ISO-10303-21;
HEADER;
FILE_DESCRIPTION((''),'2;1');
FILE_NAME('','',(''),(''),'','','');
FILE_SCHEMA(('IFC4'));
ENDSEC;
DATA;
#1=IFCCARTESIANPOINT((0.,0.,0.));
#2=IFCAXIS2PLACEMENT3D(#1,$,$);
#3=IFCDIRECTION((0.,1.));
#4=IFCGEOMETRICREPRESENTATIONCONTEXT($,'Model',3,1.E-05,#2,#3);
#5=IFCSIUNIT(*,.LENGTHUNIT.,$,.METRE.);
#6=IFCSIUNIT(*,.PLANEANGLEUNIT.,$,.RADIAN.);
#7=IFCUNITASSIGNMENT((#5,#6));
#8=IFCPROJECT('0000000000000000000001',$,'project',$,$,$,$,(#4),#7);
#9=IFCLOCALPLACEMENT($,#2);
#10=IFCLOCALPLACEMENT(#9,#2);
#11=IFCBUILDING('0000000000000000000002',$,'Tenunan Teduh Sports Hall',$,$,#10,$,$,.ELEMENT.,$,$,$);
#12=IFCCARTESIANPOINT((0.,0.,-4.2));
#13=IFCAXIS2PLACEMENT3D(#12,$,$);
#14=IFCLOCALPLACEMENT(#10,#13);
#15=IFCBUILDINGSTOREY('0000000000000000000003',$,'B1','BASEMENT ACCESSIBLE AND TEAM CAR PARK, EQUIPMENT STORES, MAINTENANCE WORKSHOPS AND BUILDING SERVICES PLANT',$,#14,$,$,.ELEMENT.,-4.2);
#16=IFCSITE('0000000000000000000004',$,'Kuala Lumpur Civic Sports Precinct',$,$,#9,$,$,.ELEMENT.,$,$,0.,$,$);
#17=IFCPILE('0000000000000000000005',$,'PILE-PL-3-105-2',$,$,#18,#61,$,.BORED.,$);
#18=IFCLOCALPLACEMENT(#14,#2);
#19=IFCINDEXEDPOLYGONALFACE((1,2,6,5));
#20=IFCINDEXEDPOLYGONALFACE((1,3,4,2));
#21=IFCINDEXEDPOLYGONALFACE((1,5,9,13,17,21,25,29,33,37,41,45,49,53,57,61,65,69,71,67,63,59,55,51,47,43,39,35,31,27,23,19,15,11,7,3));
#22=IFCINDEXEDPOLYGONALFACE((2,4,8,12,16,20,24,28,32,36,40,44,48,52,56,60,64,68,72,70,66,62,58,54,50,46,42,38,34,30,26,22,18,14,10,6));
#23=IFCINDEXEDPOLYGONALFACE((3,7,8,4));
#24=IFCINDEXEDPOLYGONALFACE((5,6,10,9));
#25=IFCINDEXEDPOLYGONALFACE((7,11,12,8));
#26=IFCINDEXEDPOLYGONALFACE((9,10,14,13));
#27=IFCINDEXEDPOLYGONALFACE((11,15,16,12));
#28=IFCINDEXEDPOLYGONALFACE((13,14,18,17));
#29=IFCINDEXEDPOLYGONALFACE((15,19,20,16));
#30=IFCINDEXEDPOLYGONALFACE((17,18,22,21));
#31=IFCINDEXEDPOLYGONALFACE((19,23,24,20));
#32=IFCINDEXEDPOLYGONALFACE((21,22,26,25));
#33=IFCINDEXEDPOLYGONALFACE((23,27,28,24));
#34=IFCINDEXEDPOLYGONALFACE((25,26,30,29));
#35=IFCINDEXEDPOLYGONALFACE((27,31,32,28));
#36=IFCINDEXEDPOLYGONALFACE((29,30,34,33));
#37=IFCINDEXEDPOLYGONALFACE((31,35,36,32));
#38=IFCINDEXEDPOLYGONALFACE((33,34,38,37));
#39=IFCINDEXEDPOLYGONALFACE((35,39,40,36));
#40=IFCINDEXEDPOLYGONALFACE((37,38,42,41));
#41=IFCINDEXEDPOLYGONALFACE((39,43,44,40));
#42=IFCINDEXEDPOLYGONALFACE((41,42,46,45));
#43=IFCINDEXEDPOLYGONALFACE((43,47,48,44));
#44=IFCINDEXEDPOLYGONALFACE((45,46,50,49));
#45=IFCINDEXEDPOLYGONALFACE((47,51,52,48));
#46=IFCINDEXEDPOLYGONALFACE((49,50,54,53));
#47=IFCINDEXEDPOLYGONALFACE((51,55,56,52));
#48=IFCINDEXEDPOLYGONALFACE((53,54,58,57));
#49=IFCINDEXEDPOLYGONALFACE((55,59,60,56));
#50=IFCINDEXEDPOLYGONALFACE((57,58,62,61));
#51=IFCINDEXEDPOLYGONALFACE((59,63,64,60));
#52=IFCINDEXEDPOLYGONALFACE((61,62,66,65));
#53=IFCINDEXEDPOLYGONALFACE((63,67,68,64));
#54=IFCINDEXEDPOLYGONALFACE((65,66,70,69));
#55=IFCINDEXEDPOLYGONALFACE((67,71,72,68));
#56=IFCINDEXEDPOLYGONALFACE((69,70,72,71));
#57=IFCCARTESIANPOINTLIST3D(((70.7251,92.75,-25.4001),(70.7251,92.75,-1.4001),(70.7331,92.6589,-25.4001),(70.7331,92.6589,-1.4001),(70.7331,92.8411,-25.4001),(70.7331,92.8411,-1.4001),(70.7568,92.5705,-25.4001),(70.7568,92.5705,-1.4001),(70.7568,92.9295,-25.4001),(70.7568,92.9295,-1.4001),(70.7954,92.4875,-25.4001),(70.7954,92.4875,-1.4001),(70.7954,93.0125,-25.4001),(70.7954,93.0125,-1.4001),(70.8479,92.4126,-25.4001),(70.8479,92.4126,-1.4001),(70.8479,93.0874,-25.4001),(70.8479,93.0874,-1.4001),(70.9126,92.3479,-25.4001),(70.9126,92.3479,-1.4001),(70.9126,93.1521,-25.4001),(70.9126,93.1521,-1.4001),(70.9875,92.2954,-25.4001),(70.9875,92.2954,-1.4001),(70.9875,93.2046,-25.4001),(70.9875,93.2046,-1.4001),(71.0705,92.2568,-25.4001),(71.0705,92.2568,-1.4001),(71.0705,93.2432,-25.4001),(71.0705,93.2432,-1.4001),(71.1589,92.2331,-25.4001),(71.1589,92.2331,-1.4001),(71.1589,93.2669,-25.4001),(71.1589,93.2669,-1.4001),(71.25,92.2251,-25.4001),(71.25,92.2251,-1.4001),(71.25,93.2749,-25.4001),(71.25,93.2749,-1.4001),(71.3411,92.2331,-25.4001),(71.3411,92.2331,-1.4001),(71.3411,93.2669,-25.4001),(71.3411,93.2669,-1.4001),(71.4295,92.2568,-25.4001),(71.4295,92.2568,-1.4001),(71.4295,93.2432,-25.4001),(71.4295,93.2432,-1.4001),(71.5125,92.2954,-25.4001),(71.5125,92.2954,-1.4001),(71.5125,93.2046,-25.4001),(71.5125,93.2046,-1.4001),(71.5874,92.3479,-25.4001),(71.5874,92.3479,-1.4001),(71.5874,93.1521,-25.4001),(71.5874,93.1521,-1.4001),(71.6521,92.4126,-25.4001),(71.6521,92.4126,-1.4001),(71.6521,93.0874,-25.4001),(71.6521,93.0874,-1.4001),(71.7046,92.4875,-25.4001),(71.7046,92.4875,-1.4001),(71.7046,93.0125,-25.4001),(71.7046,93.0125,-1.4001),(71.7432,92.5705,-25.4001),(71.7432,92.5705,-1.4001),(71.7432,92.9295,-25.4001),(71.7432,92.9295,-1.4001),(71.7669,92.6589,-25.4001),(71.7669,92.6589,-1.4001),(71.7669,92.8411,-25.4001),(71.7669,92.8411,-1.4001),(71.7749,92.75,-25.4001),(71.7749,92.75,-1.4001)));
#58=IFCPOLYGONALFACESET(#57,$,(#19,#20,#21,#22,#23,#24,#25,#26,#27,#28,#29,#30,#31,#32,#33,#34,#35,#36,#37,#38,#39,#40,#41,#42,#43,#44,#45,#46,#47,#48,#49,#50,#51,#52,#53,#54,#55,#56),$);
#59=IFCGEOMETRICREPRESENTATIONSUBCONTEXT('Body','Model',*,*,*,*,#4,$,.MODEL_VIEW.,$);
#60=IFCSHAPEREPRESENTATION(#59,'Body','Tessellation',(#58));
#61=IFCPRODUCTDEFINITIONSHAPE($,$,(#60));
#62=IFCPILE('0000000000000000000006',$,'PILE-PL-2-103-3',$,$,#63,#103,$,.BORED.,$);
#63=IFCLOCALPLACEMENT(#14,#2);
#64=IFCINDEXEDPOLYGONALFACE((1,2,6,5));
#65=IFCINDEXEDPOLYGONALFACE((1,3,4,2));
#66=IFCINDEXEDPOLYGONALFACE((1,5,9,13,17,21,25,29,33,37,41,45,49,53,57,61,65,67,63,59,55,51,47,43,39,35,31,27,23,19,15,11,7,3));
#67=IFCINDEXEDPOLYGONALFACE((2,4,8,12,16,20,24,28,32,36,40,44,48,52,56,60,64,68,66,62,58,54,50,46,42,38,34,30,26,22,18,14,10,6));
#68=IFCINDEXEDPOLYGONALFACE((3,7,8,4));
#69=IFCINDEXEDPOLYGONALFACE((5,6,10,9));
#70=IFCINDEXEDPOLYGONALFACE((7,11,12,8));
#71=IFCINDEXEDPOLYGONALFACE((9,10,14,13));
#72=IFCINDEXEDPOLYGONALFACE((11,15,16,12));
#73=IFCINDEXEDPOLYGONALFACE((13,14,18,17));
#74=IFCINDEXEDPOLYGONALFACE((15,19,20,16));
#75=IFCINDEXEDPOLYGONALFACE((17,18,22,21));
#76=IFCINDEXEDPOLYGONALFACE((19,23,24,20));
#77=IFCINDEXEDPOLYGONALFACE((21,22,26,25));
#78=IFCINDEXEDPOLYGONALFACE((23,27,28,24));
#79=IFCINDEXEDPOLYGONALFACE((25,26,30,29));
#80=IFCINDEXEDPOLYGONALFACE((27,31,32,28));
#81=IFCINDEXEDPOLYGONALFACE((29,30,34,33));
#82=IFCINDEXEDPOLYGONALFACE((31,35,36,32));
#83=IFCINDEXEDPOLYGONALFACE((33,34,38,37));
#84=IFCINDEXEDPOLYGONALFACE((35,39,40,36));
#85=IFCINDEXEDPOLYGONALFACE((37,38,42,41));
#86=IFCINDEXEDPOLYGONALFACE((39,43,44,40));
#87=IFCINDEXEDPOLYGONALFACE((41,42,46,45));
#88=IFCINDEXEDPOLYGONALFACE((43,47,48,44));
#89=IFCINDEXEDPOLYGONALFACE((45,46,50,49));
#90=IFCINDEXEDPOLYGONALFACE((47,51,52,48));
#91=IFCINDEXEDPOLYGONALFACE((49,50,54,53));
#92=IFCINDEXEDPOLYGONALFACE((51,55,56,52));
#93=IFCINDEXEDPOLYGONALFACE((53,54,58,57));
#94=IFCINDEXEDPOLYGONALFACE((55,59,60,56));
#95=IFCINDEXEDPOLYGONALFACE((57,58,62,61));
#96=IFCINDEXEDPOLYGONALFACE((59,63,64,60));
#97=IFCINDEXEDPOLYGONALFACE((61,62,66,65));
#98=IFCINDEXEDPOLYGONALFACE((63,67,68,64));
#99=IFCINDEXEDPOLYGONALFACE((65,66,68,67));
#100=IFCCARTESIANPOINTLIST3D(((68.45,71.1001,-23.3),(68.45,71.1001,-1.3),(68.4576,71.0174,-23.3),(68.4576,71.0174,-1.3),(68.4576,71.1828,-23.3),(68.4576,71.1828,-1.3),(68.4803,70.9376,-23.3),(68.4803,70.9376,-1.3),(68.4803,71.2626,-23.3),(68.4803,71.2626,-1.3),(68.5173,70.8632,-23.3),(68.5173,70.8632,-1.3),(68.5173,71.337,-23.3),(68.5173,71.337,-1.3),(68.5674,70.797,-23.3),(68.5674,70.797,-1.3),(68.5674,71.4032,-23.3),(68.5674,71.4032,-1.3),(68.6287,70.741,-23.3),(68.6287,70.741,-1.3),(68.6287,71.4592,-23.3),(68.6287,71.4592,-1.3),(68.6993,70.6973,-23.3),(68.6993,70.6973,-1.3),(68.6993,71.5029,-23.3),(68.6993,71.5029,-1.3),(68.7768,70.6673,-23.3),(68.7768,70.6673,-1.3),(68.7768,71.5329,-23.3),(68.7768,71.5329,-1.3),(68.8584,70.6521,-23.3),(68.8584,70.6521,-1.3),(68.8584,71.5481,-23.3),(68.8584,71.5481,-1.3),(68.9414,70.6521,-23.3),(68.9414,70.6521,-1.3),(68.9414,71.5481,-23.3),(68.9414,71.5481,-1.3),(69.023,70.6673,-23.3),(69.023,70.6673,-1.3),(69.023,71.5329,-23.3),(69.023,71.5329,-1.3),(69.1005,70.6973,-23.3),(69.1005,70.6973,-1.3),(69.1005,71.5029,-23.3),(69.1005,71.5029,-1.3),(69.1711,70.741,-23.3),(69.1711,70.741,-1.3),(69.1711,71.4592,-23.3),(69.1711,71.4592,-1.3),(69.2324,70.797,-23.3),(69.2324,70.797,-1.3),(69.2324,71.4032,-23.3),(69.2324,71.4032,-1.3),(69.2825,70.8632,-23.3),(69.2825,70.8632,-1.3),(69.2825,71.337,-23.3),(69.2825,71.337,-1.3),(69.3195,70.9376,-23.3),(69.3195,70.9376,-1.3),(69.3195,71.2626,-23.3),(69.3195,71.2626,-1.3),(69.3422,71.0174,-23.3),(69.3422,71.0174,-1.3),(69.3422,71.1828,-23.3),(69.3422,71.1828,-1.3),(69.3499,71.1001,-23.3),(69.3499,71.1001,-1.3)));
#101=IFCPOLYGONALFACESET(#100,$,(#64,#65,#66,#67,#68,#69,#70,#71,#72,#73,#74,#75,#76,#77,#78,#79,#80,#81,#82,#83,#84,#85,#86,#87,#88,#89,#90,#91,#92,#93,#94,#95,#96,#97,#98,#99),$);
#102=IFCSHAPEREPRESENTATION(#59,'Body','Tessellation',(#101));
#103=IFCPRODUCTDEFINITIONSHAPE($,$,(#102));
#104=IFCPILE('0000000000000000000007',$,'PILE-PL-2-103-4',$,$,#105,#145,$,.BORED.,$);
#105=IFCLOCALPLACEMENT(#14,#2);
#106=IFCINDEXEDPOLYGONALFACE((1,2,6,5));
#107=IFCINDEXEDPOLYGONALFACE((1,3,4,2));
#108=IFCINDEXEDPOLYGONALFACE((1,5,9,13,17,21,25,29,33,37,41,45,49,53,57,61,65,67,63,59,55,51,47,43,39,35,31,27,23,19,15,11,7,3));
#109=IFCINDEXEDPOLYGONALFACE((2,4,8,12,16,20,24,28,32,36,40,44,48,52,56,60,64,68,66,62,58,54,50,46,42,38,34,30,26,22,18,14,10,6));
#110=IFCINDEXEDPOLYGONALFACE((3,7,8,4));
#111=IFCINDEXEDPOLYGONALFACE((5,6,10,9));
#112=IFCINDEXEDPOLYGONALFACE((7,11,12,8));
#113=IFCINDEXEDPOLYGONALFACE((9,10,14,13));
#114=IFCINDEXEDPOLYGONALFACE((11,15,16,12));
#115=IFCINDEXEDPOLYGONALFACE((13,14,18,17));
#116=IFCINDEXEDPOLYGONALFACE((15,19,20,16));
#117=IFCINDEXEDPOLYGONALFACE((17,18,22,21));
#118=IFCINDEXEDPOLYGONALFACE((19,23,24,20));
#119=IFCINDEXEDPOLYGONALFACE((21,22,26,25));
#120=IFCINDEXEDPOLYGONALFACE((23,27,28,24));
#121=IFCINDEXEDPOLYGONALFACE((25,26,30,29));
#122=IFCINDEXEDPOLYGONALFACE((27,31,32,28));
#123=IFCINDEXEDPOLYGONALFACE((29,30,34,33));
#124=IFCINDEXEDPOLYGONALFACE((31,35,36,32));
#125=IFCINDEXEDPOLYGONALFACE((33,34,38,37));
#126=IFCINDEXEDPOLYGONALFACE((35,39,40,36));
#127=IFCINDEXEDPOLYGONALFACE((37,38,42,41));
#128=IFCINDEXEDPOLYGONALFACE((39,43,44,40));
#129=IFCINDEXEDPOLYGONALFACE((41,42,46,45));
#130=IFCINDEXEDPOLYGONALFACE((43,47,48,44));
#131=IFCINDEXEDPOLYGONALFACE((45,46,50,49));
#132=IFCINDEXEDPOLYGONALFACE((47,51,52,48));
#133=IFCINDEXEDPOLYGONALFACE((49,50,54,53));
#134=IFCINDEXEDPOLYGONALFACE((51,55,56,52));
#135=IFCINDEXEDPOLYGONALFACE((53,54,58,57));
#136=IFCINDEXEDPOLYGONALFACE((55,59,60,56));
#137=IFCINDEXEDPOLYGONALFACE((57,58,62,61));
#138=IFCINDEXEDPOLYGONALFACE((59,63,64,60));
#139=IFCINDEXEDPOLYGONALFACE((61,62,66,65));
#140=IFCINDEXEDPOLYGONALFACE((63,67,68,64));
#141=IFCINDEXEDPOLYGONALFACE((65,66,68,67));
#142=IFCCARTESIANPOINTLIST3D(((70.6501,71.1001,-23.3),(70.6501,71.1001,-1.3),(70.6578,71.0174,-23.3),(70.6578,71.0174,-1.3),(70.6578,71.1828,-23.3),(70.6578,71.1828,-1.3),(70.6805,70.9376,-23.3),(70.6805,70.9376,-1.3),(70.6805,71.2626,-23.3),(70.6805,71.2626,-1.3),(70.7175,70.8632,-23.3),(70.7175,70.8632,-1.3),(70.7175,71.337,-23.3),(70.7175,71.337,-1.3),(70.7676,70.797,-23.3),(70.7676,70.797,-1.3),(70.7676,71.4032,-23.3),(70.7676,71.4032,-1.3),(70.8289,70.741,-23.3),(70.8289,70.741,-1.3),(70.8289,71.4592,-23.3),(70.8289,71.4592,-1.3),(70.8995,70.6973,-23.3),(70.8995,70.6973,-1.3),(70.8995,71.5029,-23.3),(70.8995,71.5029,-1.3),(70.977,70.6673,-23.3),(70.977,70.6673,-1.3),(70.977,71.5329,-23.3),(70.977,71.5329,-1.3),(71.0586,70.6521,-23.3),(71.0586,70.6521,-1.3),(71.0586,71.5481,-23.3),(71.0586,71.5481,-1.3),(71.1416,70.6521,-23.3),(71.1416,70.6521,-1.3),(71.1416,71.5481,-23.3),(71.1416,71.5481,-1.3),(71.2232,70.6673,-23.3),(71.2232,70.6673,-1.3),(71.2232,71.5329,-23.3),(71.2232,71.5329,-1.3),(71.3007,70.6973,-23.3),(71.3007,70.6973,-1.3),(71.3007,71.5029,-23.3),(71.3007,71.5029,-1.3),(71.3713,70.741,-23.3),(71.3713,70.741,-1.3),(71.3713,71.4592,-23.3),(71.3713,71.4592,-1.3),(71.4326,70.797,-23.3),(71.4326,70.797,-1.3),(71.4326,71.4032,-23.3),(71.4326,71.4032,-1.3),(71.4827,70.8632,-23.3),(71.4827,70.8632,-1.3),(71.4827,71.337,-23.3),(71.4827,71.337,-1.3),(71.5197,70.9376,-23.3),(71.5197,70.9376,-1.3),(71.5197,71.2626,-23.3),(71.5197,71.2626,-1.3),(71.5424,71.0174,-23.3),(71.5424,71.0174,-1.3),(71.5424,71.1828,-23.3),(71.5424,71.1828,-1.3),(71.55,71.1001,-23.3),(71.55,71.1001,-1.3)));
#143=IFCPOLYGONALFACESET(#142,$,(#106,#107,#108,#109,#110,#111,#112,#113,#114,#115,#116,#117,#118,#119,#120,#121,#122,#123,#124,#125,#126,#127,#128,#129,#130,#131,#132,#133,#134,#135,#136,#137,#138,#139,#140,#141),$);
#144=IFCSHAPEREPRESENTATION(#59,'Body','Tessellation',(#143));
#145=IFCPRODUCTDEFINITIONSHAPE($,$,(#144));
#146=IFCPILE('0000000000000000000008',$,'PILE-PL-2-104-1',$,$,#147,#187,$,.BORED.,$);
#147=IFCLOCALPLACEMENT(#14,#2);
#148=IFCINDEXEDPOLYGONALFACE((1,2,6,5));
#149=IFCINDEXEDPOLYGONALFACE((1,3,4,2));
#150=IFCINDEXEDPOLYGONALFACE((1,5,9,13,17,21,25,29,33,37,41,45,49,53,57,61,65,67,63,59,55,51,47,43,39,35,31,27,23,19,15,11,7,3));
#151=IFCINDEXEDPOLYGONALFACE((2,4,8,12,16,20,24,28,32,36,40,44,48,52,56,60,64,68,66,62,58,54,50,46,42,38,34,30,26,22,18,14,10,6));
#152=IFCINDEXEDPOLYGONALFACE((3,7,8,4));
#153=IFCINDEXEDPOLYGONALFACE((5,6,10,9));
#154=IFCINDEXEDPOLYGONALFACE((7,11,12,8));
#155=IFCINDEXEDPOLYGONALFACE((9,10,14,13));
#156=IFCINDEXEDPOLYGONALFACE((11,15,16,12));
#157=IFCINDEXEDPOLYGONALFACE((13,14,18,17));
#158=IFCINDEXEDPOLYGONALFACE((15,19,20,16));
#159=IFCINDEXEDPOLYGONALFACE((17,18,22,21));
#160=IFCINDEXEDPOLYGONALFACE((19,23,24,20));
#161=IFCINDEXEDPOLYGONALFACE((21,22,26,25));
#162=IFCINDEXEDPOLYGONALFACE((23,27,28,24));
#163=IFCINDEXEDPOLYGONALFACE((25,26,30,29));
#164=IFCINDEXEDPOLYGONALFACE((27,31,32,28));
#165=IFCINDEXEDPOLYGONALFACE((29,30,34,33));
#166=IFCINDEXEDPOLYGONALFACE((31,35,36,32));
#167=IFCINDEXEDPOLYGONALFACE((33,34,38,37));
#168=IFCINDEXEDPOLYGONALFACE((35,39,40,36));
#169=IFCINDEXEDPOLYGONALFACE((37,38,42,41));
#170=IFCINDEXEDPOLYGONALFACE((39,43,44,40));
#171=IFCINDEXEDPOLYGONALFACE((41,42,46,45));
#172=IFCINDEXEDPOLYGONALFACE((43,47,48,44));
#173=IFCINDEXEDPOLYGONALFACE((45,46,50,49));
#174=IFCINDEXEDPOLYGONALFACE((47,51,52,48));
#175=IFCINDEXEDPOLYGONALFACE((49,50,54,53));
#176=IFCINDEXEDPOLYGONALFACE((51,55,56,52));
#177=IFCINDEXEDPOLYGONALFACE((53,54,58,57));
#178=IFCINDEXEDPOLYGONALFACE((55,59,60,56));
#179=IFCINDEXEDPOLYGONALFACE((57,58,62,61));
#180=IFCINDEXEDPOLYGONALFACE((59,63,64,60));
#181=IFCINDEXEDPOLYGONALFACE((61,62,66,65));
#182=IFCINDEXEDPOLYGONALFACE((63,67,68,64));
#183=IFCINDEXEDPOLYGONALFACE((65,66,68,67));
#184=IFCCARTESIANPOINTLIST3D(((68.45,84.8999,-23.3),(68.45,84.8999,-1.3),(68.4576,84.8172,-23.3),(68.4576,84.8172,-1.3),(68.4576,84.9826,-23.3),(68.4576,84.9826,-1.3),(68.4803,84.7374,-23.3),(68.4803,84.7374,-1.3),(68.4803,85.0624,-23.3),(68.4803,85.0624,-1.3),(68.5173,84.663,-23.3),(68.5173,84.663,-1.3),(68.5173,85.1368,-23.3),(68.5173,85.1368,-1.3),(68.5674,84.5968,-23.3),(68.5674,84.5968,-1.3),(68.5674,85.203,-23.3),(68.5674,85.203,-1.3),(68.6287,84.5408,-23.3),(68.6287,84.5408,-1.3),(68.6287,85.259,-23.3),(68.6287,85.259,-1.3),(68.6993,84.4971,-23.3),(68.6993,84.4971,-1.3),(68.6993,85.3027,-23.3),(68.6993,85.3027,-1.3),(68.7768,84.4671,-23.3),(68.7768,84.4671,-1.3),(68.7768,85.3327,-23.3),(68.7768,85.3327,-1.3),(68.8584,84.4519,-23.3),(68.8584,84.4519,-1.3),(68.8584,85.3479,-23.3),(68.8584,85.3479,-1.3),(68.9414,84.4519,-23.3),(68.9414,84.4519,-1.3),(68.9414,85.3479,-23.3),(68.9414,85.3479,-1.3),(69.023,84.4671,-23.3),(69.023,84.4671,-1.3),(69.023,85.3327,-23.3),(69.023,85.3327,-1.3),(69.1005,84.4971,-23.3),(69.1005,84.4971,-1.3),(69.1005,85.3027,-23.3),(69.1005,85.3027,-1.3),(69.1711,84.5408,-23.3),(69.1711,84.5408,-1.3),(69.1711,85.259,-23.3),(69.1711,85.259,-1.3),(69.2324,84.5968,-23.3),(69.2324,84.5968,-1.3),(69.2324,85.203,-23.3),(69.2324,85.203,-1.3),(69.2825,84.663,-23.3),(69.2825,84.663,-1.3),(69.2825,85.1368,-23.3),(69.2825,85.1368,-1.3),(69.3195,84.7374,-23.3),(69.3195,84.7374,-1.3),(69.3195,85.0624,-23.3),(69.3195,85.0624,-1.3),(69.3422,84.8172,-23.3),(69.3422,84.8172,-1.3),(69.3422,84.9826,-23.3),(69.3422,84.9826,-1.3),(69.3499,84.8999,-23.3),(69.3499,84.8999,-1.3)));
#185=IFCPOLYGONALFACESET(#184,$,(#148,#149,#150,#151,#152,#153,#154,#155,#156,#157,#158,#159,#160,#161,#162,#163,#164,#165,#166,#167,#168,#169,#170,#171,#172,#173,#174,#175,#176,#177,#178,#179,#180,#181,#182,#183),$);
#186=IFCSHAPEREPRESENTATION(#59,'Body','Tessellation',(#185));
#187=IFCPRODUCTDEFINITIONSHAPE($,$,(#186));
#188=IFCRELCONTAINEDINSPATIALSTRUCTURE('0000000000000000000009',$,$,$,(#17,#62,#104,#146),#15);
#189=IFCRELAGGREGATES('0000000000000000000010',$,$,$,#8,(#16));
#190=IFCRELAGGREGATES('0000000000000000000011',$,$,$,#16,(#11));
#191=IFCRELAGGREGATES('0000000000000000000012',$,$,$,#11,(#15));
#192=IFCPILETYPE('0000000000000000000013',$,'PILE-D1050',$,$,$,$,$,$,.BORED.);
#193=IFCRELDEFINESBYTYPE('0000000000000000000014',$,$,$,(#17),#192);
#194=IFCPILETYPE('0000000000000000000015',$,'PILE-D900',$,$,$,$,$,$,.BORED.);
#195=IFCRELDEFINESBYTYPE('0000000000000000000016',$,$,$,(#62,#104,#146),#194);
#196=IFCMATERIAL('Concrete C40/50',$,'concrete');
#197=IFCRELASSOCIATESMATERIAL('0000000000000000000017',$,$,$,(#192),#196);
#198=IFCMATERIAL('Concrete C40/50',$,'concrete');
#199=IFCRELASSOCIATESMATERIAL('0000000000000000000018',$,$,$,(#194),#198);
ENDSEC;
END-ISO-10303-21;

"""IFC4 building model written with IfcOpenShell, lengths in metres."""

from ifc_helpers import new_model, si_unit, direction, frame, origin, origin_2d, place, context, subcontext, project, spatial, circle, extrude, material, material_profile, profile_set, type_object, element, save


model = new_model("IFC4")

# Units and contexts
model_context = context("Model", 3, precision=1e-05, world=origin(), true_north=direction((0.0, 1.0)))
body_context = subcontext(model_context, "Body", "Model", "MODEL_VIEW")
ifc_project = project(units=[si_unit("LENGTHUNIT", "METRE"), si_unit("PLANEANGLEUNIT", "RADIAN")], contexts=[model_context])

# Site, building, storey
site_placement = place(None, origin())
site = spatial("IfcSite", under=ifc_project, at=site_placement, Name="Kuala Lumpur Civic Sports Precinct", CompositionType="ELEMENT", RefElevation=0.0)
building_placement = place(site_placement, origin())
building = spatial("IfcBuilding", under=site, at=building_placement, Name="Tenunan Teduh Sports Hall", CompositionType="ELEMENT")
storey_placement = place(building_placement, frame((0.0, 0.0, -4.2)))
storey = spatial("IfcBuildingStorey", under=building, at=storey_placement, Name="B1", Description="BASEMENT ACCESSIBLE AND TEAM CAR PARK, EQUIPMENT STORES, MAINTENANCE WORKSHOPS AND BUILDING SERVICES PLANT", CompositionType="ELEMENT", Elevation=-4.2)

# Piles
ifc_material_1 = material(Name="Concrete C40/50", Category="concrete")
ifc_material_profile_1 = material_profile(ifc_material_1, circle(Radius=0.5249, at=origin_2d()), Name="PILE D1050")
ifc_profile_set_1 = profile_set([ifc_material_profile_1], Name="Concrete C40/50")
pile_type_1 = type_object("IfcPileType", Name="PILE-D1050", PredefinedType="BORED", material=ifc_profile_set_1)
for number, where, z_axis, x_axis, name in (
    (1, (71.25, 92.75, -1.4001), (0.0, 0.0, -1.0), (1.0, 0.0, 0.0), "PILE-PL-3-105-2"),
):
    element("IfcPile", number, at=place(storey_placement, frame(where, z_axis=z_axis, x_axis=x_axis)), inside=storey, type_object=pile_type_1, Name=name, PredefinedType="BORED", context=body_context, shape_type="SweptSolid", body=[
        extrude(circle(Radius=0.5249, at=origin_2d()), origin(), (0.0, 0.0, 1.0), 24.0),
    ])
ifc_material_2 = material(Name="Concrete C40/50", Category="concrete")
ifc_material_profile_2 = material_profile(ifc_material_2, circle(Radius=0.45, at=origin_2d()), Name="PILE D900")
ifc_profile_set_2 = profile_set([ifc_material_profile_2], Name="Concrete C40/50")
pile_type_2 = type_object("IfcPileType", Name="PILE-D900", PredefinedType="BORED", material=ifc_profile_set_2)
for number, where, z_axis, x_axis, name in (
    (2, (68.8999, 71.1001, -1.3), (0.0, 0.0, -1.0), (1.0, 0.0, 0.0), "PILE-PL-2-103-3"),
    (3, (71.1001, 71.1001, -1.3), (0.0, 0.0, -1.0), (1.0, 0.0, 0.0), "PILE-PL-2-103-4"),
    (4, (68.8999, 84.8999, -1.3), (0.0, 0.0, -1.0), (1.0, 0.0, 0.0), "PILE-PL-2-104-1"),
):
    element("IfcPile", number, at=place(storey_placement, frame(where, z_axis=z_axis, x_axis=x_axis)), inside=storey, type_object=pile_type_2, Name=name, PredefinedType="BORED", context=body_context, shape_type="SweptSolid", body=[
        extrude(circle(Radius=0.45, at=origin_2d()), origin(), (0.0, 0.0, 1.0), 22.0),
    ])

save(model, "model.ifc")
